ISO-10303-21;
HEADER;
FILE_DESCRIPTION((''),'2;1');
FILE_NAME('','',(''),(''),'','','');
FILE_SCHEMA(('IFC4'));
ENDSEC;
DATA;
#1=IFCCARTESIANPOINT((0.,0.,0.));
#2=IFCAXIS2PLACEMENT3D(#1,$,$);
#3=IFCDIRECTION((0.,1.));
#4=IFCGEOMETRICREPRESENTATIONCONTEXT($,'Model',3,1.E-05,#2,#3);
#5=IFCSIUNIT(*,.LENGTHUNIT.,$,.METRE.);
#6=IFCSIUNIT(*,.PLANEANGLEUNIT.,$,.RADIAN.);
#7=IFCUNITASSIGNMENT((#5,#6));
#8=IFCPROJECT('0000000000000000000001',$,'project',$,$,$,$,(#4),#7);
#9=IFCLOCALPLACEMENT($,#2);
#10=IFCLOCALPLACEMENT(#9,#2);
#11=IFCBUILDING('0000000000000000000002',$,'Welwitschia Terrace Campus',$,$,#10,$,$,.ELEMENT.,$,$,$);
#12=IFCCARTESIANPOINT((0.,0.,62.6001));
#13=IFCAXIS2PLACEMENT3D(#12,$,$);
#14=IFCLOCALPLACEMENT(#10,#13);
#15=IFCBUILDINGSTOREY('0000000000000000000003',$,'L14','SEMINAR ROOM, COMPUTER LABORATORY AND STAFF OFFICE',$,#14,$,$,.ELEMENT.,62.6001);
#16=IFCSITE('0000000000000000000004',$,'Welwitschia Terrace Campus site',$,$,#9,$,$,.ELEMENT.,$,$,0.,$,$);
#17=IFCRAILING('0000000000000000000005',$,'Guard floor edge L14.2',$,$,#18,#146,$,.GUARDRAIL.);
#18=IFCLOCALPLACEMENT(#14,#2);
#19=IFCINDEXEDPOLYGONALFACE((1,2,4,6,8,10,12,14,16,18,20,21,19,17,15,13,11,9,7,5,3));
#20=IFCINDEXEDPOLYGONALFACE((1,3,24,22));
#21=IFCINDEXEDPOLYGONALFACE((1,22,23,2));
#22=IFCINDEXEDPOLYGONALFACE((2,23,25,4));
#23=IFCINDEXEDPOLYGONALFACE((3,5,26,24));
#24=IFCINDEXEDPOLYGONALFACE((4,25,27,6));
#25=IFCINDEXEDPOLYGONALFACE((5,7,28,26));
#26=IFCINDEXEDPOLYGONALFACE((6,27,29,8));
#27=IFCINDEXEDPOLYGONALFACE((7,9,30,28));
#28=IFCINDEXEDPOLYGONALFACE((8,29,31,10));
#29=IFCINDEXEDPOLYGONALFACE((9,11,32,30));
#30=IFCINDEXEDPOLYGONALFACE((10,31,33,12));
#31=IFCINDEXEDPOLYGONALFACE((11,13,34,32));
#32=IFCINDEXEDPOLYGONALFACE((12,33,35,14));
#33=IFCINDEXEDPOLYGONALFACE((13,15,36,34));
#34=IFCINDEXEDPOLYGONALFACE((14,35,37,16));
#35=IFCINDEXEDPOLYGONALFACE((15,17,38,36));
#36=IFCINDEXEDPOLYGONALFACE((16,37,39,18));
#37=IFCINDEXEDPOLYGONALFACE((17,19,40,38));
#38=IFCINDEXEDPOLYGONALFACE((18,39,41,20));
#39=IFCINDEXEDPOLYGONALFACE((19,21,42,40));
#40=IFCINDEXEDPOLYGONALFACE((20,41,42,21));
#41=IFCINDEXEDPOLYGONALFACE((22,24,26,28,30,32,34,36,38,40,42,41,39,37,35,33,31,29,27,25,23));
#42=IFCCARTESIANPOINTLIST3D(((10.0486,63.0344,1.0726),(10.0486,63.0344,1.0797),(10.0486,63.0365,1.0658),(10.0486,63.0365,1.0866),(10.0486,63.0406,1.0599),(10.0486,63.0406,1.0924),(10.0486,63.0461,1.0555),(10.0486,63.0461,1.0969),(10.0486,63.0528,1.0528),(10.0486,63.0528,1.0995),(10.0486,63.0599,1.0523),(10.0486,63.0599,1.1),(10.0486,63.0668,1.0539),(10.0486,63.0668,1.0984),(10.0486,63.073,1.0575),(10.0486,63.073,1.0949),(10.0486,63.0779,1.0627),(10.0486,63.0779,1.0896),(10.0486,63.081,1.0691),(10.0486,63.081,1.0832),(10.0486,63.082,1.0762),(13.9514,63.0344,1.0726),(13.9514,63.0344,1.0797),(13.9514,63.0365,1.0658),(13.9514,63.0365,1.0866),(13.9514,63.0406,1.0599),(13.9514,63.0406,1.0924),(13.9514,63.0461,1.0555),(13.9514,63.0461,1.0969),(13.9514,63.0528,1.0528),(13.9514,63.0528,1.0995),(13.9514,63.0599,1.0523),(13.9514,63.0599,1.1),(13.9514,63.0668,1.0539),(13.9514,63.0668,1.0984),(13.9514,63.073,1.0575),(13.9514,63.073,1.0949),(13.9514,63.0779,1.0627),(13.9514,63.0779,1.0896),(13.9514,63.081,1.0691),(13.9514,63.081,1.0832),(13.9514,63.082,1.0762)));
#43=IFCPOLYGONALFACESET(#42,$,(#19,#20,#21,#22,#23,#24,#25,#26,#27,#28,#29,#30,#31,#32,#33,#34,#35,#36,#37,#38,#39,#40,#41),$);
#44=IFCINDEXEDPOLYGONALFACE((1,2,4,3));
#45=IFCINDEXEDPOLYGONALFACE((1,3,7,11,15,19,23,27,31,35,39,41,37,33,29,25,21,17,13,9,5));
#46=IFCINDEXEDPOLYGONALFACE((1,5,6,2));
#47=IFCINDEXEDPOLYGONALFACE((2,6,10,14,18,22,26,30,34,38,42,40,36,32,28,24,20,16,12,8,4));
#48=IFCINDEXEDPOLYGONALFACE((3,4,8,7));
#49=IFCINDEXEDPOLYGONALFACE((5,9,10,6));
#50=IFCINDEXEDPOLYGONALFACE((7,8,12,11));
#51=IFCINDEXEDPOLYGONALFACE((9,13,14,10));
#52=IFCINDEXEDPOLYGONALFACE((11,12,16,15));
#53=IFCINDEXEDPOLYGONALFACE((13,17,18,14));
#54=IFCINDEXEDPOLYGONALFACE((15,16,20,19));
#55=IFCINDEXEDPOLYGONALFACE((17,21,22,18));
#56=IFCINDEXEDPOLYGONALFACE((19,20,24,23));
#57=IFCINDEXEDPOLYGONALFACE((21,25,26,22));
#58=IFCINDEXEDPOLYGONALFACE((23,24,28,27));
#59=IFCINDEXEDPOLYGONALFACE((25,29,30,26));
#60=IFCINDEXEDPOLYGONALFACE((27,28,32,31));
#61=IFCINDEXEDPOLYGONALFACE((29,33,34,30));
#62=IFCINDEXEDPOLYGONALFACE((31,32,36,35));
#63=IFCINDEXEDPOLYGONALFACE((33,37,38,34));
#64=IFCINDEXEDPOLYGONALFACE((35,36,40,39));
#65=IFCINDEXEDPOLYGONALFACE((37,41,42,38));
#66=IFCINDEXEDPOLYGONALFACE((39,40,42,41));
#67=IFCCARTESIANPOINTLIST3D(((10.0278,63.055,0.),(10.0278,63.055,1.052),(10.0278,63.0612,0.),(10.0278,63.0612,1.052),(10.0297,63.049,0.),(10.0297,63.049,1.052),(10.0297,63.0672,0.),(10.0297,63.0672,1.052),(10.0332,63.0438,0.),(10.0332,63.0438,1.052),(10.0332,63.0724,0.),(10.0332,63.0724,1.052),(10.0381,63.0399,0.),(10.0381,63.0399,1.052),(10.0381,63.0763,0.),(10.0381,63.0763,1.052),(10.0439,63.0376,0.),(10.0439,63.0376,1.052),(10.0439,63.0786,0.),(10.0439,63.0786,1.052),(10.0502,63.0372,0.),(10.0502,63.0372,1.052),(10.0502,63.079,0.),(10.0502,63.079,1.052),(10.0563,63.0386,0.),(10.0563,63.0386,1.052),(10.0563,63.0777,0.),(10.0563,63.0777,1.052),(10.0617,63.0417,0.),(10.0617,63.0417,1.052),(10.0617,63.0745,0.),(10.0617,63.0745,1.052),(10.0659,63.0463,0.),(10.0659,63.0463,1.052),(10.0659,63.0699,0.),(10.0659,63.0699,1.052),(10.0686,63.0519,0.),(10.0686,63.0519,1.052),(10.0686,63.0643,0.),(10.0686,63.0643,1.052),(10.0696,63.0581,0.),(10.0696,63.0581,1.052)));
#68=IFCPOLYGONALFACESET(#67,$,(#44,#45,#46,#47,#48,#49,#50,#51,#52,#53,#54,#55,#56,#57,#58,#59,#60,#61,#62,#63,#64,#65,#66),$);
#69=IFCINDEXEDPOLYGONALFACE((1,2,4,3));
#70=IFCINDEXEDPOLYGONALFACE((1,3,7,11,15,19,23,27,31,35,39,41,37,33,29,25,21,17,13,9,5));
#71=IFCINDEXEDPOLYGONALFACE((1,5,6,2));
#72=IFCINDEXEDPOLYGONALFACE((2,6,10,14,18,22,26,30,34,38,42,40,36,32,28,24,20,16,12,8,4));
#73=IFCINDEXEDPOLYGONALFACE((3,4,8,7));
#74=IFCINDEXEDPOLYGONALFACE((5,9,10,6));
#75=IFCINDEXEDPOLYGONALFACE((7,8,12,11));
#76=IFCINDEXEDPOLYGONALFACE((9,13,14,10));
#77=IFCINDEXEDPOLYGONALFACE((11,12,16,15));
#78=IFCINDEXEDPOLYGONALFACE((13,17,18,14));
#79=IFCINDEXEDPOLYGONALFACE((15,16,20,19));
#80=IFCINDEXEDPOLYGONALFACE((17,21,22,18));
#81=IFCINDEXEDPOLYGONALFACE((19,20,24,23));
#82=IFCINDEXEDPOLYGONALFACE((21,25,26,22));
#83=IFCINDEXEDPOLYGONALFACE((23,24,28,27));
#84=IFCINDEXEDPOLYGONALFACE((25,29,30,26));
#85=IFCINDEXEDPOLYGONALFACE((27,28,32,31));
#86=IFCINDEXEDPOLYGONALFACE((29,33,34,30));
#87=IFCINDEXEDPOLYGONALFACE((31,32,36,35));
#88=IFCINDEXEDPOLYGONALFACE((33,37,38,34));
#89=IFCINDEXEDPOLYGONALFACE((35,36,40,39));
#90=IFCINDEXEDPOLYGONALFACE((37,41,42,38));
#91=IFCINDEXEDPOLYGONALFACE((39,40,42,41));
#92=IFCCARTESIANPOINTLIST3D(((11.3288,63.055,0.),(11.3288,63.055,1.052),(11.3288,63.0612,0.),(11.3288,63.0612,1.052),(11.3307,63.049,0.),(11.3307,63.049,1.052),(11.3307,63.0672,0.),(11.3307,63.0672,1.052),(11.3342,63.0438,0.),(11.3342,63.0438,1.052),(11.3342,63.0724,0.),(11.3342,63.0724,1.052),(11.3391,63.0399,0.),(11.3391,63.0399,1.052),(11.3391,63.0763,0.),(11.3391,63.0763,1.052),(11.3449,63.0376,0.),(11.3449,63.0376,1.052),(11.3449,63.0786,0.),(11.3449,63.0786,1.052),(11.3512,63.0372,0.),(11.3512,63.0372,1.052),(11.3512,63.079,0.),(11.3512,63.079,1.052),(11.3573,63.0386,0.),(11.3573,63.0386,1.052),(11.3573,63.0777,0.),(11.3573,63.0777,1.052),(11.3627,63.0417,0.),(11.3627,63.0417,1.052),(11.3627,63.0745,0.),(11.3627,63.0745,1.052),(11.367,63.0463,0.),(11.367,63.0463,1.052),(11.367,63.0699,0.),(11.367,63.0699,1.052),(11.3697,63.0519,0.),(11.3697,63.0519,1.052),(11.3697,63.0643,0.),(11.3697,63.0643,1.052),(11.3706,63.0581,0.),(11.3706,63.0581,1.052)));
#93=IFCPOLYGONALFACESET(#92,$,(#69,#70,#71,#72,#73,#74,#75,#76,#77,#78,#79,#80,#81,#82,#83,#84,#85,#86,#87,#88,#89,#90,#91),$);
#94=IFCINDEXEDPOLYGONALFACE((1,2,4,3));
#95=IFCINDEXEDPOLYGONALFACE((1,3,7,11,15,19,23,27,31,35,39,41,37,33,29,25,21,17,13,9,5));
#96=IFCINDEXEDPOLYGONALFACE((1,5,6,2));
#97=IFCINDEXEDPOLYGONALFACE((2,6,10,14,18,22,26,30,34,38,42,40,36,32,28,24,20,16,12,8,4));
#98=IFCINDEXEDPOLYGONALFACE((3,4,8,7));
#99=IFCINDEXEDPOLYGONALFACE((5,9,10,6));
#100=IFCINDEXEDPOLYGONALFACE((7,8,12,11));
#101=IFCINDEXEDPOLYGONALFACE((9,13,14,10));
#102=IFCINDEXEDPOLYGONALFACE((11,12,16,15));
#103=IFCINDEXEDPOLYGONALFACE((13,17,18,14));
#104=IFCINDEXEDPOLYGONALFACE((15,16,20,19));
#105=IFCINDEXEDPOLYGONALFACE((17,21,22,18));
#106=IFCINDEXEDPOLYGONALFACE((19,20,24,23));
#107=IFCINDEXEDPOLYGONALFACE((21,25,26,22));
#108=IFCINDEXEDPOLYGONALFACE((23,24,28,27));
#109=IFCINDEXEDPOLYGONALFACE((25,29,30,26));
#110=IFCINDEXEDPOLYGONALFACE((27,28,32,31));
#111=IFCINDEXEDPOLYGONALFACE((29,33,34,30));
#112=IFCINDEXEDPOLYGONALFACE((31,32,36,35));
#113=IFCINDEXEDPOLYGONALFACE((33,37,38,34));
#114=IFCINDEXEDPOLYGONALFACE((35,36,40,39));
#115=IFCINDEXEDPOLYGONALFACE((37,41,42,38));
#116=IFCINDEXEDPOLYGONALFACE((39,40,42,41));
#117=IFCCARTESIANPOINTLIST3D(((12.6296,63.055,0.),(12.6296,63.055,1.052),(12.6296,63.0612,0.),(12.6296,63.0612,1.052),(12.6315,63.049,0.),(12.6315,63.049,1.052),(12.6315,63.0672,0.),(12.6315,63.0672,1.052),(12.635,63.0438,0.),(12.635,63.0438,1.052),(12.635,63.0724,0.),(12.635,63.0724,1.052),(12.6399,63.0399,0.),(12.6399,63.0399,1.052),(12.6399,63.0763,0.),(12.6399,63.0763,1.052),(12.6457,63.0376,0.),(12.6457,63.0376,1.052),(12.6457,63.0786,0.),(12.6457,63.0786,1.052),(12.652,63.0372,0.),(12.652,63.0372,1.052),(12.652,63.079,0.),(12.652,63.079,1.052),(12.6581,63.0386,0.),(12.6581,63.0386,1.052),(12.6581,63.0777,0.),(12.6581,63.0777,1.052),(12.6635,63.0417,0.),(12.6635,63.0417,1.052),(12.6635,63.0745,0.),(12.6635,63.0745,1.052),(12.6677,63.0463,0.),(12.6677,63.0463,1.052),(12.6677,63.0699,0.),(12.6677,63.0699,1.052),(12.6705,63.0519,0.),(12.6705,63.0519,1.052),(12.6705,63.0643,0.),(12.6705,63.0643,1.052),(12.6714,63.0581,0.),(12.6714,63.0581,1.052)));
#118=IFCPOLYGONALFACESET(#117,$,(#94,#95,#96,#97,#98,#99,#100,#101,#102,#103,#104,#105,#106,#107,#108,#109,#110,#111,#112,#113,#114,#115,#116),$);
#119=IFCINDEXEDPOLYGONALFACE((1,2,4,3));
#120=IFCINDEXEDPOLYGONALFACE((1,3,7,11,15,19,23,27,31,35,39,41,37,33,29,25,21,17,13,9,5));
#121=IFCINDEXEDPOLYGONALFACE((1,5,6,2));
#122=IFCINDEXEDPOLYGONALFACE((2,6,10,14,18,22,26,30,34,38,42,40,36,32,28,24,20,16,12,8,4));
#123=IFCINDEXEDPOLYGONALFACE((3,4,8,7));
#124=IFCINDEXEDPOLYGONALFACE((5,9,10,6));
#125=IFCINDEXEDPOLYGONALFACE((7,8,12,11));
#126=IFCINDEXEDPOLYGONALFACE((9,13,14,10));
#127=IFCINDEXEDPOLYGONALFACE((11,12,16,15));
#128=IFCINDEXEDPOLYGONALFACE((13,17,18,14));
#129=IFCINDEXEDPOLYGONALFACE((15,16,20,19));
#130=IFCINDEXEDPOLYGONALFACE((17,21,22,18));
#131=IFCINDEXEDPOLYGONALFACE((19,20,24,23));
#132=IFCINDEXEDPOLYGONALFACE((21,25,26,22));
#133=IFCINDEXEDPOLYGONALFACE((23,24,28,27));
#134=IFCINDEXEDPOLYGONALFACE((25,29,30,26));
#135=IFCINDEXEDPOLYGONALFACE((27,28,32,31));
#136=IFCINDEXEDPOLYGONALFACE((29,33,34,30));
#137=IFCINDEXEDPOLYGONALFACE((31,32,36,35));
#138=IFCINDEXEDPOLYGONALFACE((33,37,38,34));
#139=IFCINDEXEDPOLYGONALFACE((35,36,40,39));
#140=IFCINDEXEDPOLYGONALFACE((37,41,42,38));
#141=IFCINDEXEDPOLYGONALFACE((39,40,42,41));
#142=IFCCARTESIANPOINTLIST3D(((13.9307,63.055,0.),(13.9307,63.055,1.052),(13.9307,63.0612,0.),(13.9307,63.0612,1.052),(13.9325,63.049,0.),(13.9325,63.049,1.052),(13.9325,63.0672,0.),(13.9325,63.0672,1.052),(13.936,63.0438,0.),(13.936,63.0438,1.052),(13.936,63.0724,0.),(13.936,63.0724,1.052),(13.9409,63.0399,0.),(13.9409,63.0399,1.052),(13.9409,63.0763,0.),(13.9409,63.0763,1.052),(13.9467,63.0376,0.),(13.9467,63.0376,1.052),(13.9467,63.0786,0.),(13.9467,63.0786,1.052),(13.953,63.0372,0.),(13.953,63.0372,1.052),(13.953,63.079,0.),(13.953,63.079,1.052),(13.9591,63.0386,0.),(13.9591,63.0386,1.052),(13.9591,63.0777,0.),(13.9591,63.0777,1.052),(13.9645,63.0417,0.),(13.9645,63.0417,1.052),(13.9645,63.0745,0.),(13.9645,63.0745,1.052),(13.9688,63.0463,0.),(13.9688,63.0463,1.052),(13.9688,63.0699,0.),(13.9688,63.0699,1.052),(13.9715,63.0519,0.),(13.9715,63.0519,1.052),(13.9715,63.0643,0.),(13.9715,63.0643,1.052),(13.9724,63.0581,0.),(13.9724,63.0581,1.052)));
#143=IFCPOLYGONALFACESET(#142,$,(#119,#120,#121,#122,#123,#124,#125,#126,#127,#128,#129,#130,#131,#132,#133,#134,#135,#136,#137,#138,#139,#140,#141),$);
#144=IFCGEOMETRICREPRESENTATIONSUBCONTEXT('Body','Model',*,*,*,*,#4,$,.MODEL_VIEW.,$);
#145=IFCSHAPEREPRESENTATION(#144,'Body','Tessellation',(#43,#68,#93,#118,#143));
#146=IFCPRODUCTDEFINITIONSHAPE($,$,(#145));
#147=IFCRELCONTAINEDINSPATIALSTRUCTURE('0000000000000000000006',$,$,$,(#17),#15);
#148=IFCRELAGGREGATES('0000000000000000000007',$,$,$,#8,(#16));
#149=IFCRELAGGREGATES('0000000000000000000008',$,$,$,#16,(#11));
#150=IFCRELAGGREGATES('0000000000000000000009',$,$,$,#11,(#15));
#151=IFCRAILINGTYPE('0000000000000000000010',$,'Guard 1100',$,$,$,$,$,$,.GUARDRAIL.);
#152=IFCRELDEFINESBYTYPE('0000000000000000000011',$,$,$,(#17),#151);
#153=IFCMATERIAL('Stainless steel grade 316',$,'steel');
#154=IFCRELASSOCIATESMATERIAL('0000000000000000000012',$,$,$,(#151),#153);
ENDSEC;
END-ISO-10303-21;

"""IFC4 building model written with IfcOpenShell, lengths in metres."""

from ifc_helpers import new_model, si_unit, direction, frame, origin, origin_2d, place, context, subcontext, project, spatial, circle, extrude, material, type_object, element, save


model = new_model("IFC4")

# Units and contexts
model_context = context("Model", 3, precision=1e-05, world=origin(), true_north=direction((0.0, 1.0)))
body_context = subcontext(model_context, "Body", "Model", "MODEL_VIEW")
ifc_project = project(units=[si_unit("LENGTHUNIT", "METRE"), si_unit("PLANEANGLEUNIT", "RADIAN")], contexts=[model_context])

# Site, building, storey
site_placement = place(None, origin())
site = spatial("IfcSite", under=ifc_project, at=site_placement, Name="Welwitschia Terrace Campus site", CompositionType="ELEMENT", RefElevation=0.0)
building_placement = place(site_placement, origin())
building = spatial("IfcBuilding", under=site, at=building_placement, Name="Welwitschia Terrace Campus", CompositionType="ELEMENT")
storey_placement = place(building_placement, frame((0.0, 0.0, 62.6001)))
storey = spatial("IfcBuildingStorey", under=building, at=storey_placement, Name="L14", Description="SEMINAR ROOM, COMPUTER LABORATORY AND STAFF OFFICE", CompositionType="ELEMENT", Elevation=62.6001)

# Railing
ifc_material_1 = material(Name="Stainless steel grade 316", Category="steel")
railing_type = type_object("IfcRailingType", Name="Guard 1100", PredefinedType="GUARDRAIL", material=ifc_material_1)
railing_1_placement = place(storey_placement, frame((10.0486, 63.0581, 0.0)))
element("IfcRailing", 1, at=railing_1_placement, inside=storey, type_object=railing_type, Name="Guard floor edge L14.2", PredefinedType="GUARDRAIL", context=body_context, shape_type="SweptSolid", body=[
    extrude(circle(Radius=0.0239, at=origin_2d()), frame((0.0, 0.0, 1.0762), z_axis=(1.0, 0.0, 0.0), x_axis=(0.0, 1.0, 0.0)), (0.0, 0.0, 1.0), 3.9028),
    extrude(circle(Radius=0.021, at=origin_2d()), origin(), (0.0, 0.0, 1.0), 1.052),
    extrude(circle(Radius=0.021, at=origin_2d()), frame((1.301, 0.0, 0.0)), (0.0, 0.0, 1.0), 1.052),
    extrude(circle(Radius=0.021, at=origin_2d()), frame((2.6018, 0.0, 0.0)), (0.0, 0.0, 1.0), 1.052),
    extrude(circle(Radius=0.021, at=origin_2d()), frame((3.9028, 0.0, 0.0)), (0.0, 0.0, 1.0), 1.052),
])

save(model, "model.ifc")
